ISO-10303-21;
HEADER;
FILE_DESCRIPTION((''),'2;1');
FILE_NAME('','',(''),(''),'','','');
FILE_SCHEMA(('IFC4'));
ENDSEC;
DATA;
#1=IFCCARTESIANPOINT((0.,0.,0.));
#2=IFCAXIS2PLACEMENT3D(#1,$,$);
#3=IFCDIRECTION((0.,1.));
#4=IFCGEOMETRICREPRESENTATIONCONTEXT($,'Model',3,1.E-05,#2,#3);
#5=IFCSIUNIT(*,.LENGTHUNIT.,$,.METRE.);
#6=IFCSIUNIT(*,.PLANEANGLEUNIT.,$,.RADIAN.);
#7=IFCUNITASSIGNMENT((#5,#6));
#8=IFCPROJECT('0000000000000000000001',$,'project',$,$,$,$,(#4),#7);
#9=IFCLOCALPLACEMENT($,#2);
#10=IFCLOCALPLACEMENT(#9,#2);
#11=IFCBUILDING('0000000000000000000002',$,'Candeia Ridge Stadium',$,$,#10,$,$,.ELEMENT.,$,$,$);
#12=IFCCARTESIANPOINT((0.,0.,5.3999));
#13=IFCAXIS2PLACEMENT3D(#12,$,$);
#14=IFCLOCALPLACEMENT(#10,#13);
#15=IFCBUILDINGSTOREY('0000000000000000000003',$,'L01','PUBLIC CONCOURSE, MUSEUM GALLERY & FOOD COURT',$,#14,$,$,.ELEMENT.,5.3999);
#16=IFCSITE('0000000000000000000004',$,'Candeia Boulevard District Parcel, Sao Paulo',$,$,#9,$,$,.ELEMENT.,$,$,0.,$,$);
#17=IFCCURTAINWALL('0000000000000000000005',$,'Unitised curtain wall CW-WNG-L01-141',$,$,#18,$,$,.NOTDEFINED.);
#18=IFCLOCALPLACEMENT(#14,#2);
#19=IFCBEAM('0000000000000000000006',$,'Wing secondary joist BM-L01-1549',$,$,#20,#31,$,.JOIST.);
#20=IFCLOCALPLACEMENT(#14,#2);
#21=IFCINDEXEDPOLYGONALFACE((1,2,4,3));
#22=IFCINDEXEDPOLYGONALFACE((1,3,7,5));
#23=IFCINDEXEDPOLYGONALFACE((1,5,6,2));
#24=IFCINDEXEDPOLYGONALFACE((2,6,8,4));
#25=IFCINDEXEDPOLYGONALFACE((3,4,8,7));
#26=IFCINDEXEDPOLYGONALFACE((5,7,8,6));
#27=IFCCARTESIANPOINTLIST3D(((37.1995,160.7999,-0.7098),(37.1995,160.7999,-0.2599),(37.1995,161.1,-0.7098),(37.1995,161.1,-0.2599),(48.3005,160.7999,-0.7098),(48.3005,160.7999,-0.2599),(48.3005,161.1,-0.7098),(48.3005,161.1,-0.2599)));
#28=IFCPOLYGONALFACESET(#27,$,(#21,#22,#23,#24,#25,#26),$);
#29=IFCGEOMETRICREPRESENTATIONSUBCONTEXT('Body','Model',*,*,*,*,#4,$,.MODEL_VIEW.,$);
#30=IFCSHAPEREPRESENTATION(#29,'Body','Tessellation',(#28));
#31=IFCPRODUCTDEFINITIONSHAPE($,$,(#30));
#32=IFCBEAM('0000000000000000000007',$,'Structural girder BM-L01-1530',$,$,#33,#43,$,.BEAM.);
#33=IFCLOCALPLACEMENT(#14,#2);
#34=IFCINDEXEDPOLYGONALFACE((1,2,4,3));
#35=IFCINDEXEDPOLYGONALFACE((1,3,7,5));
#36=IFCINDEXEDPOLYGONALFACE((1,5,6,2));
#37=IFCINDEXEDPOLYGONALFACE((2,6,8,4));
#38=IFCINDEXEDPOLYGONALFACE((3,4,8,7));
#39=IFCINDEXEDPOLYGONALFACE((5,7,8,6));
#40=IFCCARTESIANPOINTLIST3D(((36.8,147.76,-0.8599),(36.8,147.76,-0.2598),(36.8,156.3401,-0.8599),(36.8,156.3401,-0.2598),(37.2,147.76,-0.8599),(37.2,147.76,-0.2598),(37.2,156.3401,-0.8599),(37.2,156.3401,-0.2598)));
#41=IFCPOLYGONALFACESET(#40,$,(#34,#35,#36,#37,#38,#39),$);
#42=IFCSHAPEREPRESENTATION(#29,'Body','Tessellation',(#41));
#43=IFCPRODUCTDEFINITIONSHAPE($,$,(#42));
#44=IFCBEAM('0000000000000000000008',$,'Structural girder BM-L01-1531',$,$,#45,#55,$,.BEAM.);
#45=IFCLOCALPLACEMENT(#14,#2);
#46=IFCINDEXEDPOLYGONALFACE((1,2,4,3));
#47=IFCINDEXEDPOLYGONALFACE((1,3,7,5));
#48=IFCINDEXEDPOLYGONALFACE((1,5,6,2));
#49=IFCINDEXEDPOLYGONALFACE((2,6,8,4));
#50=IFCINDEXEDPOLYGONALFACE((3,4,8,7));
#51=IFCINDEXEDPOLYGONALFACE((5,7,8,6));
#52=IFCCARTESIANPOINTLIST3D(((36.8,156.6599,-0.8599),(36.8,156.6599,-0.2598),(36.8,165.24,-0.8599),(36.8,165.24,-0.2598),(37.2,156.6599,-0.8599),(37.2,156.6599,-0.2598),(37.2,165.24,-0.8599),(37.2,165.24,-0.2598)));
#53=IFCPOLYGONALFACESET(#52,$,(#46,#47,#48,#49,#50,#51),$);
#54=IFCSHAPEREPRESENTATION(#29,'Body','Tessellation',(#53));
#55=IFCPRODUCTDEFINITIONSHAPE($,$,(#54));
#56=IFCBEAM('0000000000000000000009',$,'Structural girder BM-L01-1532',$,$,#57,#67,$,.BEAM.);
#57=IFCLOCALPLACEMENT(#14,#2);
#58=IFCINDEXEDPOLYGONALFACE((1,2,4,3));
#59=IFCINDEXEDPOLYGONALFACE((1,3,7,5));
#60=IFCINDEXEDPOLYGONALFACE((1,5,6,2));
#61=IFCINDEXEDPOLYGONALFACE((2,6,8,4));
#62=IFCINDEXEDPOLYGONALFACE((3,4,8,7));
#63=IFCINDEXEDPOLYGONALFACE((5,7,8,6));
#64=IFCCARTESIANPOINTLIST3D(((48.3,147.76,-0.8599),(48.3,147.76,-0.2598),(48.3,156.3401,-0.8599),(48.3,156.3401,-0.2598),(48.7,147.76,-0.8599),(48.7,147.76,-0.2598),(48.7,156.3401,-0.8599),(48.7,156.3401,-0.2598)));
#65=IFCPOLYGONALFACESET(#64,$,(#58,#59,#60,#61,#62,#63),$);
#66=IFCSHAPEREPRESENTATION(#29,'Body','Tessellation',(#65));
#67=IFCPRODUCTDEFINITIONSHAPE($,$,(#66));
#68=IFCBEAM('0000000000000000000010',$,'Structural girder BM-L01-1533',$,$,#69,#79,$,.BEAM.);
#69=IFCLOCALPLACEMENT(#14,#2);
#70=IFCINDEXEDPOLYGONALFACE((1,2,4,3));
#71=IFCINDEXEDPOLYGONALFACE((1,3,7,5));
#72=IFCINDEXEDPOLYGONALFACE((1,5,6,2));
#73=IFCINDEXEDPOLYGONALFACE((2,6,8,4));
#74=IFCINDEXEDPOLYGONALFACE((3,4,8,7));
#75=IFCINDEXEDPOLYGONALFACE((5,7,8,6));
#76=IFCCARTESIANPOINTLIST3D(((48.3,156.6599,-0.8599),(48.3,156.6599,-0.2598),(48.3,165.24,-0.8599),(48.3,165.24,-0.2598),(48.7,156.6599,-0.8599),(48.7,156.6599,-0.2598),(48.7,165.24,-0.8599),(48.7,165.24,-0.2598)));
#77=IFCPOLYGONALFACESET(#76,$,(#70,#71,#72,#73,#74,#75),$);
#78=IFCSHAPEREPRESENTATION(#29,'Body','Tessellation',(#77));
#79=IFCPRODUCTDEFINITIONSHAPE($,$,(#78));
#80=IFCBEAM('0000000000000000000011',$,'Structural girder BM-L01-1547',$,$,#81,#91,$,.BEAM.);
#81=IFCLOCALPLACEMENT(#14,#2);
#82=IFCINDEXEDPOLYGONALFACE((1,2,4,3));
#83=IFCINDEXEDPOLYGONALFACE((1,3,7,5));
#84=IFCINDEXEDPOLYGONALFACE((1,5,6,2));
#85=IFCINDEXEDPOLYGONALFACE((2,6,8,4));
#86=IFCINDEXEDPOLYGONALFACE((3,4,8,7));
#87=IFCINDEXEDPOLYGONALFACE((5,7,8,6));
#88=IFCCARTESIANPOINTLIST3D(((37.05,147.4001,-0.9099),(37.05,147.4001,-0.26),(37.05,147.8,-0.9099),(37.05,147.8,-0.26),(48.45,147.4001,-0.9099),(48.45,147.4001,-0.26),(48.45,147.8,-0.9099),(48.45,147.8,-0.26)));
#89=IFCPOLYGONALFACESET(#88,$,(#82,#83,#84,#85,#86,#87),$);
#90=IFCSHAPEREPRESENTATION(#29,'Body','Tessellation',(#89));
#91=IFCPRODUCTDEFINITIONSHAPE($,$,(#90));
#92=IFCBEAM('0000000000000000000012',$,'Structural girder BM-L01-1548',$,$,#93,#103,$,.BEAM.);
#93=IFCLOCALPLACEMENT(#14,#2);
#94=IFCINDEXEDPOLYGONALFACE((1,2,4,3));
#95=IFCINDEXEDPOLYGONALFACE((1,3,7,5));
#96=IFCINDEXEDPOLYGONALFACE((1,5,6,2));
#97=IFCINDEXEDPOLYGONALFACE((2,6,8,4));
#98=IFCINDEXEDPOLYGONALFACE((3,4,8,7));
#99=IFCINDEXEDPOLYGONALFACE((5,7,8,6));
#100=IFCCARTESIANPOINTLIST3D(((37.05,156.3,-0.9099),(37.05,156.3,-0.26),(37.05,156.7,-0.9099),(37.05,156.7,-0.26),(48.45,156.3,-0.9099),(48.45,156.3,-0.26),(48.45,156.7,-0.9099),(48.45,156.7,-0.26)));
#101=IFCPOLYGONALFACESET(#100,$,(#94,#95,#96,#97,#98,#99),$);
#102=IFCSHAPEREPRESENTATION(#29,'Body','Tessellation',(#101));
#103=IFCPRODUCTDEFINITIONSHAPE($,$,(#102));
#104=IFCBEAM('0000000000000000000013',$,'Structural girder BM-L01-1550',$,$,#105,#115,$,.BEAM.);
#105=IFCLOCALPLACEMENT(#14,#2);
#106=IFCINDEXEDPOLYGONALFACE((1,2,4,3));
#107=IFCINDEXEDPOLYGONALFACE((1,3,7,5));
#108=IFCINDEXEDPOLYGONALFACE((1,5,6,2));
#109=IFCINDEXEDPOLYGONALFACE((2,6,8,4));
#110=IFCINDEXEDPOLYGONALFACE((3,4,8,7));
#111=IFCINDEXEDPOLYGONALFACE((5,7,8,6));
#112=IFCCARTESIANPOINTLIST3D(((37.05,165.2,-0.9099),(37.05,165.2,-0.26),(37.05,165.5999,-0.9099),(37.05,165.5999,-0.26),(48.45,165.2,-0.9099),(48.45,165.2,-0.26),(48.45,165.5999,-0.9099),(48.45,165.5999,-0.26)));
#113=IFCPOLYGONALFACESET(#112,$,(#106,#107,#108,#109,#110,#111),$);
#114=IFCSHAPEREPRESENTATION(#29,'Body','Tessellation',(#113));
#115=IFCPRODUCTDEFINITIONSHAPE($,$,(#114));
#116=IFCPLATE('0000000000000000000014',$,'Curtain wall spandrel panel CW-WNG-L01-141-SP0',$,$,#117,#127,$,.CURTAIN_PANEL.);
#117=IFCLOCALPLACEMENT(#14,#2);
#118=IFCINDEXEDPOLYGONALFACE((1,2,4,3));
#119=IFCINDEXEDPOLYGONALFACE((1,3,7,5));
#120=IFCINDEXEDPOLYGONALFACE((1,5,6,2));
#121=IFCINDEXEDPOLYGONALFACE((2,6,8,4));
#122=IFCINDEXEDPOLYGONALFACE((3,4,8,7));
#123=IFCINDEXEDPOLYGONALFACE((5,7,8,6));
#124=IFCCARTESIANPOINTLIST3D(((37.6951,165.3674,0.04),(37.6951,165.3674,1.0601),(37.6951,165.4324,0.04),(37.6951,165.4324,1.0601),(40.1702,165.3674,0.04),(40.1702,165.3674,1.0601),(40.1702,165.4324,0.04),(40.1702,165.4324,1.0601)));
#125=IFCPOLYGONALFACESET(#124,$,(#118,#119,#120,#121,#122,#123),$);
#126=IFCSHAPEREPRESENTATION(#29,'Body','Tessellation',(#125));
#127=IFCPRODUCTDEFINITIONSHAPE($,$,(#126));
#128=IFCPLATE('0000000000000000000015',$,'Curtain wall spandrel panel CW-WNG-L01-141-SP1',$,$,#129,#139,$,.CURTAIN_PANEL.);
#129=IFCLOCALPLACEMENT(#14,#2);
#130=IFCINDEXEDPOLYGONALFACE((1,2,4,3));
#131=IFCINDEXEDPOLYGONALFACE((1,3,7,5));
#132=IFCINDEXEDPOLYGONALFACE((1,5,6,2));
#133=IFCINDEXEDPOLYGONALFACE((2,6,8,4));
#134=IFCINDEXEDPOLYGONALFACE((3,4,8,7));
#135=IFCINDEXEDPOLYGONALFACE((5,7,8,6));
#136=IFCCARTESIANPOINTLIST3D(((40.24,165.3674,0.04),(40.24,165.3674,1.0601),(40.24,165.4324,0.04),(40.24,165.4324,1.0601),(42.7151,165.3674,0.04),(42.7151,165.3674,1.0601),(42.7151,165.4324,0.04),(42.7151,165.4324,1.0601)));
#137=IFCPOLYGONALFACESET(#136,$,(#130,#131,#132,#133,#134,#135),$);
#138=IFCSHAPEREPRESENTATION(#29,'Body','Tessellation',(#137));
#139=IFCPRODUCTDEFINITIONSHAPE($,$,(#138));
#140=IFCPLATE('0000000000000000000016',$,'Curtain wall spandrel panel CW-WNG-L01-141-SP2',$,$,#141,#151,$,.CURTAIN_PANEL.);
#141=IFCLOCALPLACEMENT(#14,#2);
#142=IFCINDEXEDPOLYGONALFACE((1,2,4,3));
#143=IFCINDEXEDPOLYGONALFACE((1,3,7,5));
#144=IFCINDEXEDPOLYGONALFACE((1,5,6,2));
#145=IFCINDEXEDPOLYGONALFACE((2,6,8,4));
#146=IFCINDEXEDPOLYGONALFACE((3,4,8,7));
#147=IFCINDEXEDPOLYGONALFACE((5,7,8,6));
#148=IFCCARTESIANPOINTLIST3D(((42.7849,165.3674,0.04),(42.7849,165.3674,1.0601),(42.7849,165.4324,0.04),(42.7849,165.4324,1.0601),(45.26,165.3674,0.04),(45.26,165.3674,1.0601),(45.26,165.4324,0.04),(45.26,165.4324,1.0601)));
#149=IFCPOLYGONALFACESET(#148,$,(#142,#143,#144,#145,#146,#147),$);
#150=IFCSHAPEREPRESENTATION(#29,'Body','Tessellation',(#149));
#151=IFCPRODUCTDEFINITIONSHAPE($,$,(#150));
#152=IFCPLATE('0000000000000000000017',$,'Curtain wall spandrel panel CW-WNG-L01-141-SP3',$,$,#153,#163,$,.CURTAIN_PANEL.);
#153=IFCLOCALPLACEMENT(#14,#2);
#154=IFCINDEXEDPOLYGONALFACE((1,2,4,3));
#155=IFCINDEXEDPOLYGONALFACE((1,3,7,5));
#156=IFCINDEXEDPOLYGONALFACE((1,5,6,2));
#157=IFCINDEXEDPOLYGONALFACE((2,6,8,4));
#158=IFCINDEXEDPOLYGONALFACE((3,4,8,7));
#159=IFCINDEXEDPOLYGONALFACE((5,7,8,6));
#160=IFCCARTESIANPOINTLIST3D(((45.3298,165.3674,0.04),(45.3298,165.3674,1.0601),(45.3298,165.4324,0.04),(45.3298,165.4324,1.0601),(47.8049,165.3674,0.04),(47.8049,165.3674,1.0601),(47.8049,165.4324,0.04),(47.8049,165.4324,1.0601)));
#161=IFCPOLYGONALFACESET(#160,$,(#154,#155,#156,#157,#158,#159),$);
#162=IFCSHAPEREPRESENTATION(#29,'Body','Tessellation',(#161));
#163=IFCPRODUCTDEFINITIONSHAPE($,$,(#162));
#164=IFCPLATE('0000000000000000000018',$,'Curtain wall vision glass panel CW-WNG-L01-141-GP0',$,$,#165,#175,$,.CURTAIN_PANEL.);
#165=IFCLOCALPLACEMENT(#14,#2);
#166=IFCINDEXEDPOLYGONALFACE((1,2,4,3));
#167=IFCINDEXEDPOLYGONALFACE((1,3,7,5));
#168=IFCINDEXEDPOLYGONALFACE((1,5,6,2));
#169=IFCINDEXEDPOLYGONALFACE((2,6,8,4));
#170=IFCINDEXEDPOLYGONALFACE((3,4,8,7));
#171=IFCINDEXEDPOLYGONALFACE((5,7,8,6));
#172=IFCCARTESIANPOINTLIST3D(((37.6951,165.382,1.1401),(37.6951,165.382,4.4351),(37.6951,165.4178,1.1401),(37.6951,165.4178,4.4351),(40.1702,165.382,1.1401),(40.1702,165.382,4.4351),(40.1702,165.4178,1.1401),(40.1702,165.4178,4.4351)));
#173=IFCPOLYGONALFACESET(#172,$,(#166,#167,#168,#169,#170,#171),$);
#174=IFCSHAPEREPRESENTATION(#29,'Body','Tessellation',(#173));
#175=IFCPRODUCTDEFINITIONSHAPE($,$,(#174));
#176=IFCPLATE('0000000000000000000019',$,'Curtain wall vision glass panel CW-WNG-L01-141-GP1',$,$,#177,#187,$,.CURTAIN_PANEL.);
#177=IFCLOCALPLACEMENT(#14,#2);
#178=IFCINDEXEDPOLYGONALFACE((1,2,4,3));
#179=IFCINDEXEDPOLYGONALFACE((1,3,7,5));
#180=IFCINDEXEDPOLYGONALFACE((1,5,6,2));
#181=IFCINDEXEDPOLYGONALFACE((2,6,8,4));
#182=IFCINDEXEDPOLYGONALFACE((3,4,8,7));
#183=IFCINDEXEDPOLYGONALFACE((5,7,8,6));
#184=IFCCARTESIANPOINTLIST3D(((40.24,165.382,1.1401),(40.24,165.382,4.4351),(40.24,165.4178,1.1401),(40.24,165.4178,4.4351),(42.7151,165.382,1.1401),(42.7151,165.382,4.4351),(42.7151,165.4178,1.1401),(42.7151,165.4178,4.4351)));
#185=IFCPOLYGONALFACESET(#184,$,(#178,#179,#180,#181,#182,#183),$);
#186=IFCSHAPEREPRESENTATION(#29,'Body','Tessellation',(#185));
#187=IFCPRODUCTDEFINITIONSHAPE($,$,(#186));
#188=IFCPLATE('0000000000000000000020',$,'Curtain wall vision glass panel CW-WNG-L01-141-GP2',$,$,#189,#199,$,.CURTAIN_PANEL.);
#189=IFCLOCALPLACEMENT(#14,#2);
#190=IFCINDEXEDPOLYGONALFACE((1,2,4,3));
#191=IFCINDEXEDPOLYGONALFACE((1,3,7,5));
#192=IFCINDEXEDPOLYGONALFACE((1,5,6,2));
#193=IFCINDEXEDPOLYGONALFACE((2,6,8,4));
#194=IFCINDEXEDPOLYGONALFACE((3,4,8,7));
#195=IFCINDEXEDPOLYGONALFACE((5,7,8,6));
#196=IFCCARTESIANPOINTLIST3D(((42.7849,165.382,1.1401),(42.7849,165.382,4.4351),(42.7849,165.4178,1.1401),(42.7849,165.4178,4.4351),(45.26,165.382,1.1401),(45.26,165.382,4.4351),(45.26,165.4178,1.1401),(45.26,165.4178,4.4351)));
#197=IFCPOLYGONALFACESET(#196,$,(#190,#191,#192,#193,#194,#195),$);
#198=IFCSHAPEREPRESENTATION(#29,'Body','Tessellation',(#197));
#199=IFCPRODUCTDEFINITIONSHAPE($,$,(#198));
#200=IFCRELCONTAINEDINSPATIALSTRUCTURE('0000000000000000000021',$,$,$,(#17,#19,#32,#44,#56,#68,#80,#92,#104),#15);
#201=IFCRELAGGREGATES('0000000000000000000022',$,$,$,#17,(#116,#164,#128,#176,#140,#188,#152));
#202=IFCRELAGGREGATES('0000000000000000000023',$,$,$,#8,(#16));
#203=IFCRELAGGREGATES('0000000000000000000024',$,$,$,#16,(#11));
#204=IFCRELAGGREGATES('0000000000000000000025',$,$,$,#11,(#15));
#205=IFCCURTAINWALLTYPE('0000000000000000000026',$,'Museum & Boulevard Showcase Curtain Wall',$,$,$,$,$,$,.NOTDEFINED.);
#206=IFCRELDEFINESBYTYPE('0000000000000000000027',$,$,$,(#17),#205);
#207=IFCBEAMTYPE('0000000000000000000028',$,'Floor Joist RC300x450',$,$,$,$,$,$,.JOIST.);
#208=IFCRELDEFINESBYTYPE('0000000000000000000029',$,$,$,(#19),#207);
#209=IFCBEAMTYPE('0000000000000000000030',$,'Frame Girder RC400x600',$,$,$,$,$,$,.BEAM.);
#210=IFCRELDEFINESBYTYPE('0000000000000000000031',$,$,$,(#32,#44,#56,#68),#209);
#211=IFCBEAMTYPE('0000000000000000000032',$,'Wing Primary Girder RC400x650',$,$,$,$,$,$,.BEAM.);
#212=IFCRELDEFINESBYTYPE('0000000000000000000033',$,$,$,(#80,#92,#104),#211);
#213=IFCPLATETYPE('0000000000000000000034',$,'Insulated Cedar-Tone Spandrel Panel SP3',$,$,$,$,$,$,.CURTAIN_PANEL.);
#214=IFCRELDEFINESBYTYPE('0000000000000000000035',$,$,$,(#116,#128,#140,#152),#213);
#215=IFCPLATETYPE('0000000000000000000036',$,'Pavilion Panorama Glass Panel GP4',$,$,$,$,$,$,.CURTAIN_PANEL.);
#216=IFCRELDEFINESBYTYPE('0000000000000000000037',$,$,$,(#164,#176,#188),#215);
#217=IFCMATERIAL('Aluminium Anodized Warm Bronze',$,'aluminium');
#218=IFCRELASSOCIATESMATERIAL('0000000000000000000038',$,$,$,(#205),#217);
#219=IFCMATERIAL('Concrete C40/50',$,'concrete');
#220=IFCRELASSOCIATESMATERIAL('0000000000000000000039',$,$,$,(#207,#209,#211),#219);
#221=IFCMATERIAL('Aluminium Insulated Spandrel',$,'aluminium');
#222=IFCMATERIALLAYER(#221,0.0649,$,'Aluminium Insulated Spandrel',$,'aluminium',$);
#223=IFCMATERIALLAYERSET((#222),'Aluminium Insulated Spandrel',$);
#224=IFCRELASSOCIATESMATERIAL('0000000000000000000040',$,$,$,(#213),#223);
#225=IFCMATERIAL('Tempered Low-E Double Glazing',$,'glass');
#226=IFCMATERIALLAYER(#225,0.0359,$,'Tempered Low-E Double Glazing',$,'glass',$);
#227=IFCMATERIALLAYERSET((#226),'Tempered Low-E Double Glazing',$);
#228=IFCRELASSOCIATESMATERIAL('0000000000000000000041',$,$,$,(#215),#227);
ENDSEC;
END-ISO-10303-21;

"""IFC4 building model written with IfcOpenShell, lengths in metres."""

from ifc_helpers import new_model, si_unit, direction, frame, origin, origin_2d, place, context, subcontext, project, spatial, rectangle, extrude, material, layer, layer_set, material_profile, profile_set, type_object, element, aggregate, save


model = new_model("IFC4")

# Units and contexts
model_context = context("Model", 3, precision=1e-05, world=origin(), true_north=direction((0.0, 1.0)))
body_context = subcontext(model_context, "Body", "Model", "MODEL_VIEW")
ifc_project = project(units=[si_unit("LENGTHUNIT", "METRE"), si_unit("PLANEANGLEUNIT", "RADIAN")], contexts=[model_context])

# Site, building, storey
site_placement = place(None, origin())
site = spatial("IfcSite", under=ifc_project, at=site_placement, Name="Candeia Boulevard District Parcel, Sao Paulo", CompositionType="ELEMENT", RefElevation=0.0)
building_placement = place(site_placement, origin())
building = spatial("IfcBuilding", under=site, at=building_placement, Name="Candeia Ridge Stadium", CompositionType="ELEMENT")
storey_placement = place(building_placement, frame((0.0, 0.0, 5.3999)))
storey = spatial("IfcBuildingStorey", under=building, at=storey_placement, Name="L01", Description="PUBLIC CONCOURSE, MUSEUM GALLERY & FOOD COURT", CompositionType="ELEMENT", Elevation=5.3999)

# Shared definitions
ifc_material_1 = material(Name="Concrete C40/50", Category="concrete")

# Curtain wall
ifc_material_2 = material(Name="Aluminium Anodized Warm Bronze", Category="aluminium")
curtain_wall_type = type_object("IfcCurtainWallType", Name="Museum & Boulevard Showcase Curtain Wall", PredefinedType="NOTDEFINED", material=ifc_material_2)
curtain_wall_placement = place(storey_placement, origin())
curtain_wall = element("IfcCurtainWall", 1, at=curtain_wall_placement, inside=storey, type_object=curtain_wall_type, Name="Unitised curtain wall CW-WNG-L01-141", PredefinedType="NOTDEFINED")

# Beams
ifc_material_profile_1 = material_profile(ifc_material_1, rectangle(XDim=0.3, YDim=0.45, at=origin_2d()), Name="RC300x450", Category="concrete")
ifc_profile_set_1 = profile_set([ifc_material_profile_1], Name="Concrete C40/50")
beam_type_1 = type_object("IfcBeamType", Name="Floor Joist RC300x450", PredefinedType="JOIST", material=ifc_profile_set_1)
beam_placement = place(storey_placement, frame((37.1995, 160.95, -0.4849), z_axis=(1.0, 0.0, 0.0), x_axis=(0.0, 1.0, 0.0)))
element("IfcBeam", 2, at=beam_placement, inside=storey, type_object=beam_type_1, Name="Wing secondary joist BM-L01-1549", PredefinedType="JOIST", context=body_context, shape_type="SweptSolid", body=[
    extrude(rectangle(XDim=0.3, YDim=0.45, at=origin_2d()), origin(), (0.0, 0.0, 1.0), 11.1011),
])
ifc_material_profile_2 = material_profile(ifc_material_1, rectangle(XDim=0.3999, YDim=0.6001, at=origin_2d()), Name="RC400x600", Category="concrete")
ifc_profile_set_2 = profile_set([ifc_material_profile_2], Name="Concrete C40/50")
beam_type_2 = type_object("IfcBeamType", Name="Frame Girder RC400x600", PredefinedType="BEAM", material=ifc_profile_set_2)
for number, where, z_axis, x_axis, name in (
    (3, (37.0, 147.76, -0.5598), (0.0, 1.0, 0.0), (-1.0, 0.0, 0.0), "Structural girder BM-L01-1530"),
    (4, (37.0, 156.6599, -0.5598), (0.0, 1.0, 0.0), (-1.0, 0.0, 0.0), "Structural girder BM-L01-1531"),
    (5, (48.5, 147.76, -0.5598), (0.0, 1.0, 0.0), (-1.0, 0.0, 0.0), "Structural girder BM-L01-1532"),
    (6, (48.5, 156.6599, -0.5598), (0.0, 1.0, 0.0), (-1.0, 0.0, 0.0), "Structural girder BM-L01-1533"),
):
    element("IfcBeam", number, at=place(storey_placement, frame(where, z_axis=z_axis, x_axis=x_axis)), inside=storey, type_object=beam_type_2, Name=name, PredefinedType="BEAM", context=body_context, shape_type="SweptSolid", body=[
        extrude(rectangle(XDim=0.3999, YDim=0.6001, at=origin_2d()), origin(), (0.0, 0.0, 1.0), 8.5801),
    ])
ifc_material_profile_3 = material_profile(ifc_material_1, rectangle(XDim=0.3999, YDim=0.6499, at=origin_2d()), Name="RC400x650", Category="concrete")
ifc_profile_set_3 = profile_set([ifc_material_profile_3], Name="Concrete C40/50")
beam_type_3 = type_object("IfcBeamType", Name="Wing Primary Girder RC400x650", PredefinedType="BEAM", material=ifc_profile_set_3)
for number, where, z_axis, x_axis, name in (
    (7, (37.05, 147.6001, -0.585), (1.0, 0.0, 0.0), (0.0, 1.0, 0.0), "Structural girder BM-L01-1547"),
    (8, (37.05, 156.5, -0.585), (1.0, 0.0, 0.0), (0.0, 1.0, 0.0), "Structural girder BM-L01-1548"),
    (9, (37.05, 165.3999, -0.585), (1.0, 0.0, 0.0), (0.0, 1.0, 0.0), "Structural girder BM-L01-1550"),
):
    element("IfcBeam", number, at=place(storey_placement, frame(where, z_axis=z_axis, x_axis=x_axis)), inside=storey, type_object=beam_type_3, Name=name, PredefinedType="BEAM", context=body_context, shape_type="SweptSolid", body=[
        extrude(rectangle(XDim=0.3999, YDim=0.6499, at=origin_2d()), origin(), (0.0, 0.0, 1.0), 11.3999),
    ])

# Plates
ifc_material_3 = material(Name="Aluminium Insulated Spandrel", Category="aluminium")
ifc_layer_1 = layer(ifc_material_3, 0.0649, Name="Aluminium Insulated Spandrel", Category="aluminium")
ifc_layer_set_1 = layer_set([ifc_layer_1], Name="Aluminium Insulated Spandrel")
plate_type_1 = type_object("IfcPlateType", Name="Insulated Cedar-Tone Spandrel Panel SP3", PredefinedType="CURTAIN_PANEL", material=ifc_layer_set_1)
plate_1_placement = place(storey_placement, frame((38.9326, 165.3999, 0.04), z_axis=(0.0, 0.0, 1.0), x_axis=(1.0, 0.0, 0.0)))
plate_1 = element("IfcPlate", 10, at=plate_1_placement, type_object=plate_type_1, Name="Curtain wall spandrel panel CW-WNG-L01-141-SP0", PredefinedType="CURTAIN_PANEL", context=body_context, shape_type="SweptSolid", body=[
    extrude(rectangle(XDim=2.4751, YDim=0.0649, at=origin_2d()), origin(), (0.0, 0.0, 1.0), 1.02),
])
plate_2_placement = place(storey_placement, frame((41.4775, 165.3999, 0.04), z_axis=(0.0, 0.0, 1.0), x_axis=(1.0, 0.0, 0.0)))
plate_2 = element("IfcPlate", 11, at=plate_2_placement, type_object=plate_type_1, Name="Curtain wall spandrel panel CW-WNG-L01-141-SP1", PredefinedType="CURTAIN_PANEL", context=body_context, shape_type="SweptSolid", body=[
    extrude(rectangle(XDim=2.4751, YDim=0.0649, at=origin_2d()), origin(), (0.0, 0.0, 1.0), 1.02),
])
plate_3_placement = place(storey_placement, frame((44.0225, 165.3999, 0.04), z_axis=(0.0, 0.0, 1.0), x_axis=(1.0, 0.0, 0.0)))
plate_3 = element("IfcPlate", 12, at=plate_3_placement, type_object=plate_type_1, Name="Curtain wall spandrel panel CW-WNG-L01-141-SP2", PredefinedType="CURTAIN_PANEL", context=body_context, shape_type="SweptSolid", body=[
    extrude(rectangle(XDim=2.4751, YDim=0.0649, at=origin_2d()), origin(), (0.0, 0.0, 1.0), 1.02),
])
plate_4_placement = place(storey_placement, frame((46.5674, 165.3999, 0.04), z_axis=(0.0, 0.0, 1.0), x_axis=(1.0, 0.0, 0.0)))
plate_4 = element("IfcPlate", 13, at=plate_4_placement, type_object=plate_type_1, Name="Curtain wall spandrel panel CW-WNG-L01-141-SP3", PredefinedType="CURTAIN_PANEL", context=body_context, shape_type="SweptSolid", body=[
    extrude(rectangle(XDim=2.4751, YDim=0.0649, at=origin_2d()), origin(), (0.0, 0.0, 1.0), 1.02),
])
ifc_material_4 = material(Name="Tempered Low-E Double Glazing", Category="glass")
ifc_layer_2 = layer(ifc_material_4, 0.0359, Name="Tempered Low-E Double Glazing", Category="glass")
ifc_layer_set_2 = layer_set([ifc_layer_2], Name="Tempered Low-E Double Glazing")
plate_type_2 = type_object("IfcPlateType", Name="Pavilion Panorama Glass Panel GP4", PredefinedType="CURTAIN_PANEL", material=ifc_layer_set_2)
plate_5_placement = place(storey_placement, frame((38.9326, 165.3999, 1.1401), z_axis=(0.0, 0.0, 1.0), x_axis=(1.0, 0.0, 0.0)))
plate_5 = element("IfcPlate", 14, at=plate_5_placement, type_object=plate_type_2, Name="Curtain wall vision glass panel CW-WNG-L01-141-GP0", PredefinedType="CURTAIN_PANEL", context=body_context, shape_type="SweptSolid", body=[
    extrude(rectangle(XDim=2.4751, YDim=0.0359, at=origin_2d()), origin(), (0.0, 0.0, 1.0), 3.2949),
])
plate_6_placement = place(storey_placement, frame((41.4775, 165.3999, 1.1401), z_axis=(0.0, 0.0, 1.0), x_axis=(1.0, 0.0, 0.0)))
plate_6 = element("IfcPlate", 15, at=plate_6_placement, type_object=plate_type_2, Name="Curtain wall vision glass panel CW-WNG-L01-141-GP1", PredefinedType="CURTAIN_PANEL", context=body_context, shape_type="SweptSolid", body=[
    extrude(rectangle(XDim=2.4751, YDim=0.0359, at=origin_2d()), origin(), (0.0, 0.0, 1.0), 3.2949),
])
plate_7_placement = place(storey_placement, frame((44.0225, 165.3999, 1.1401), z_axis=(0.0, 0.0, 1.0), x_axis=(1.0, 0.0, 0.0)))
plate_7 = element("IfcPlate", 16, at=plate_7_placement, type_object=plate_type_2, Name="Curtain wall vision glass panel CW-WNG-L01-141-GP2", PredefinedType="CURTAIN_PANEL", context=body_context, shape_type="SweptSolid", body=[
    extrude(rectangle(XDim=2.4751, YDim=0.0359, at=origin_2d()), origin(), (0.0, 0.0, 1.0), 3.2949),
])
aggregate(curtain_wall, [plate_1, plate_5, plate_2, plate_6, plate_3, plate_7, plate_4])

save(model, "model.ifc")
